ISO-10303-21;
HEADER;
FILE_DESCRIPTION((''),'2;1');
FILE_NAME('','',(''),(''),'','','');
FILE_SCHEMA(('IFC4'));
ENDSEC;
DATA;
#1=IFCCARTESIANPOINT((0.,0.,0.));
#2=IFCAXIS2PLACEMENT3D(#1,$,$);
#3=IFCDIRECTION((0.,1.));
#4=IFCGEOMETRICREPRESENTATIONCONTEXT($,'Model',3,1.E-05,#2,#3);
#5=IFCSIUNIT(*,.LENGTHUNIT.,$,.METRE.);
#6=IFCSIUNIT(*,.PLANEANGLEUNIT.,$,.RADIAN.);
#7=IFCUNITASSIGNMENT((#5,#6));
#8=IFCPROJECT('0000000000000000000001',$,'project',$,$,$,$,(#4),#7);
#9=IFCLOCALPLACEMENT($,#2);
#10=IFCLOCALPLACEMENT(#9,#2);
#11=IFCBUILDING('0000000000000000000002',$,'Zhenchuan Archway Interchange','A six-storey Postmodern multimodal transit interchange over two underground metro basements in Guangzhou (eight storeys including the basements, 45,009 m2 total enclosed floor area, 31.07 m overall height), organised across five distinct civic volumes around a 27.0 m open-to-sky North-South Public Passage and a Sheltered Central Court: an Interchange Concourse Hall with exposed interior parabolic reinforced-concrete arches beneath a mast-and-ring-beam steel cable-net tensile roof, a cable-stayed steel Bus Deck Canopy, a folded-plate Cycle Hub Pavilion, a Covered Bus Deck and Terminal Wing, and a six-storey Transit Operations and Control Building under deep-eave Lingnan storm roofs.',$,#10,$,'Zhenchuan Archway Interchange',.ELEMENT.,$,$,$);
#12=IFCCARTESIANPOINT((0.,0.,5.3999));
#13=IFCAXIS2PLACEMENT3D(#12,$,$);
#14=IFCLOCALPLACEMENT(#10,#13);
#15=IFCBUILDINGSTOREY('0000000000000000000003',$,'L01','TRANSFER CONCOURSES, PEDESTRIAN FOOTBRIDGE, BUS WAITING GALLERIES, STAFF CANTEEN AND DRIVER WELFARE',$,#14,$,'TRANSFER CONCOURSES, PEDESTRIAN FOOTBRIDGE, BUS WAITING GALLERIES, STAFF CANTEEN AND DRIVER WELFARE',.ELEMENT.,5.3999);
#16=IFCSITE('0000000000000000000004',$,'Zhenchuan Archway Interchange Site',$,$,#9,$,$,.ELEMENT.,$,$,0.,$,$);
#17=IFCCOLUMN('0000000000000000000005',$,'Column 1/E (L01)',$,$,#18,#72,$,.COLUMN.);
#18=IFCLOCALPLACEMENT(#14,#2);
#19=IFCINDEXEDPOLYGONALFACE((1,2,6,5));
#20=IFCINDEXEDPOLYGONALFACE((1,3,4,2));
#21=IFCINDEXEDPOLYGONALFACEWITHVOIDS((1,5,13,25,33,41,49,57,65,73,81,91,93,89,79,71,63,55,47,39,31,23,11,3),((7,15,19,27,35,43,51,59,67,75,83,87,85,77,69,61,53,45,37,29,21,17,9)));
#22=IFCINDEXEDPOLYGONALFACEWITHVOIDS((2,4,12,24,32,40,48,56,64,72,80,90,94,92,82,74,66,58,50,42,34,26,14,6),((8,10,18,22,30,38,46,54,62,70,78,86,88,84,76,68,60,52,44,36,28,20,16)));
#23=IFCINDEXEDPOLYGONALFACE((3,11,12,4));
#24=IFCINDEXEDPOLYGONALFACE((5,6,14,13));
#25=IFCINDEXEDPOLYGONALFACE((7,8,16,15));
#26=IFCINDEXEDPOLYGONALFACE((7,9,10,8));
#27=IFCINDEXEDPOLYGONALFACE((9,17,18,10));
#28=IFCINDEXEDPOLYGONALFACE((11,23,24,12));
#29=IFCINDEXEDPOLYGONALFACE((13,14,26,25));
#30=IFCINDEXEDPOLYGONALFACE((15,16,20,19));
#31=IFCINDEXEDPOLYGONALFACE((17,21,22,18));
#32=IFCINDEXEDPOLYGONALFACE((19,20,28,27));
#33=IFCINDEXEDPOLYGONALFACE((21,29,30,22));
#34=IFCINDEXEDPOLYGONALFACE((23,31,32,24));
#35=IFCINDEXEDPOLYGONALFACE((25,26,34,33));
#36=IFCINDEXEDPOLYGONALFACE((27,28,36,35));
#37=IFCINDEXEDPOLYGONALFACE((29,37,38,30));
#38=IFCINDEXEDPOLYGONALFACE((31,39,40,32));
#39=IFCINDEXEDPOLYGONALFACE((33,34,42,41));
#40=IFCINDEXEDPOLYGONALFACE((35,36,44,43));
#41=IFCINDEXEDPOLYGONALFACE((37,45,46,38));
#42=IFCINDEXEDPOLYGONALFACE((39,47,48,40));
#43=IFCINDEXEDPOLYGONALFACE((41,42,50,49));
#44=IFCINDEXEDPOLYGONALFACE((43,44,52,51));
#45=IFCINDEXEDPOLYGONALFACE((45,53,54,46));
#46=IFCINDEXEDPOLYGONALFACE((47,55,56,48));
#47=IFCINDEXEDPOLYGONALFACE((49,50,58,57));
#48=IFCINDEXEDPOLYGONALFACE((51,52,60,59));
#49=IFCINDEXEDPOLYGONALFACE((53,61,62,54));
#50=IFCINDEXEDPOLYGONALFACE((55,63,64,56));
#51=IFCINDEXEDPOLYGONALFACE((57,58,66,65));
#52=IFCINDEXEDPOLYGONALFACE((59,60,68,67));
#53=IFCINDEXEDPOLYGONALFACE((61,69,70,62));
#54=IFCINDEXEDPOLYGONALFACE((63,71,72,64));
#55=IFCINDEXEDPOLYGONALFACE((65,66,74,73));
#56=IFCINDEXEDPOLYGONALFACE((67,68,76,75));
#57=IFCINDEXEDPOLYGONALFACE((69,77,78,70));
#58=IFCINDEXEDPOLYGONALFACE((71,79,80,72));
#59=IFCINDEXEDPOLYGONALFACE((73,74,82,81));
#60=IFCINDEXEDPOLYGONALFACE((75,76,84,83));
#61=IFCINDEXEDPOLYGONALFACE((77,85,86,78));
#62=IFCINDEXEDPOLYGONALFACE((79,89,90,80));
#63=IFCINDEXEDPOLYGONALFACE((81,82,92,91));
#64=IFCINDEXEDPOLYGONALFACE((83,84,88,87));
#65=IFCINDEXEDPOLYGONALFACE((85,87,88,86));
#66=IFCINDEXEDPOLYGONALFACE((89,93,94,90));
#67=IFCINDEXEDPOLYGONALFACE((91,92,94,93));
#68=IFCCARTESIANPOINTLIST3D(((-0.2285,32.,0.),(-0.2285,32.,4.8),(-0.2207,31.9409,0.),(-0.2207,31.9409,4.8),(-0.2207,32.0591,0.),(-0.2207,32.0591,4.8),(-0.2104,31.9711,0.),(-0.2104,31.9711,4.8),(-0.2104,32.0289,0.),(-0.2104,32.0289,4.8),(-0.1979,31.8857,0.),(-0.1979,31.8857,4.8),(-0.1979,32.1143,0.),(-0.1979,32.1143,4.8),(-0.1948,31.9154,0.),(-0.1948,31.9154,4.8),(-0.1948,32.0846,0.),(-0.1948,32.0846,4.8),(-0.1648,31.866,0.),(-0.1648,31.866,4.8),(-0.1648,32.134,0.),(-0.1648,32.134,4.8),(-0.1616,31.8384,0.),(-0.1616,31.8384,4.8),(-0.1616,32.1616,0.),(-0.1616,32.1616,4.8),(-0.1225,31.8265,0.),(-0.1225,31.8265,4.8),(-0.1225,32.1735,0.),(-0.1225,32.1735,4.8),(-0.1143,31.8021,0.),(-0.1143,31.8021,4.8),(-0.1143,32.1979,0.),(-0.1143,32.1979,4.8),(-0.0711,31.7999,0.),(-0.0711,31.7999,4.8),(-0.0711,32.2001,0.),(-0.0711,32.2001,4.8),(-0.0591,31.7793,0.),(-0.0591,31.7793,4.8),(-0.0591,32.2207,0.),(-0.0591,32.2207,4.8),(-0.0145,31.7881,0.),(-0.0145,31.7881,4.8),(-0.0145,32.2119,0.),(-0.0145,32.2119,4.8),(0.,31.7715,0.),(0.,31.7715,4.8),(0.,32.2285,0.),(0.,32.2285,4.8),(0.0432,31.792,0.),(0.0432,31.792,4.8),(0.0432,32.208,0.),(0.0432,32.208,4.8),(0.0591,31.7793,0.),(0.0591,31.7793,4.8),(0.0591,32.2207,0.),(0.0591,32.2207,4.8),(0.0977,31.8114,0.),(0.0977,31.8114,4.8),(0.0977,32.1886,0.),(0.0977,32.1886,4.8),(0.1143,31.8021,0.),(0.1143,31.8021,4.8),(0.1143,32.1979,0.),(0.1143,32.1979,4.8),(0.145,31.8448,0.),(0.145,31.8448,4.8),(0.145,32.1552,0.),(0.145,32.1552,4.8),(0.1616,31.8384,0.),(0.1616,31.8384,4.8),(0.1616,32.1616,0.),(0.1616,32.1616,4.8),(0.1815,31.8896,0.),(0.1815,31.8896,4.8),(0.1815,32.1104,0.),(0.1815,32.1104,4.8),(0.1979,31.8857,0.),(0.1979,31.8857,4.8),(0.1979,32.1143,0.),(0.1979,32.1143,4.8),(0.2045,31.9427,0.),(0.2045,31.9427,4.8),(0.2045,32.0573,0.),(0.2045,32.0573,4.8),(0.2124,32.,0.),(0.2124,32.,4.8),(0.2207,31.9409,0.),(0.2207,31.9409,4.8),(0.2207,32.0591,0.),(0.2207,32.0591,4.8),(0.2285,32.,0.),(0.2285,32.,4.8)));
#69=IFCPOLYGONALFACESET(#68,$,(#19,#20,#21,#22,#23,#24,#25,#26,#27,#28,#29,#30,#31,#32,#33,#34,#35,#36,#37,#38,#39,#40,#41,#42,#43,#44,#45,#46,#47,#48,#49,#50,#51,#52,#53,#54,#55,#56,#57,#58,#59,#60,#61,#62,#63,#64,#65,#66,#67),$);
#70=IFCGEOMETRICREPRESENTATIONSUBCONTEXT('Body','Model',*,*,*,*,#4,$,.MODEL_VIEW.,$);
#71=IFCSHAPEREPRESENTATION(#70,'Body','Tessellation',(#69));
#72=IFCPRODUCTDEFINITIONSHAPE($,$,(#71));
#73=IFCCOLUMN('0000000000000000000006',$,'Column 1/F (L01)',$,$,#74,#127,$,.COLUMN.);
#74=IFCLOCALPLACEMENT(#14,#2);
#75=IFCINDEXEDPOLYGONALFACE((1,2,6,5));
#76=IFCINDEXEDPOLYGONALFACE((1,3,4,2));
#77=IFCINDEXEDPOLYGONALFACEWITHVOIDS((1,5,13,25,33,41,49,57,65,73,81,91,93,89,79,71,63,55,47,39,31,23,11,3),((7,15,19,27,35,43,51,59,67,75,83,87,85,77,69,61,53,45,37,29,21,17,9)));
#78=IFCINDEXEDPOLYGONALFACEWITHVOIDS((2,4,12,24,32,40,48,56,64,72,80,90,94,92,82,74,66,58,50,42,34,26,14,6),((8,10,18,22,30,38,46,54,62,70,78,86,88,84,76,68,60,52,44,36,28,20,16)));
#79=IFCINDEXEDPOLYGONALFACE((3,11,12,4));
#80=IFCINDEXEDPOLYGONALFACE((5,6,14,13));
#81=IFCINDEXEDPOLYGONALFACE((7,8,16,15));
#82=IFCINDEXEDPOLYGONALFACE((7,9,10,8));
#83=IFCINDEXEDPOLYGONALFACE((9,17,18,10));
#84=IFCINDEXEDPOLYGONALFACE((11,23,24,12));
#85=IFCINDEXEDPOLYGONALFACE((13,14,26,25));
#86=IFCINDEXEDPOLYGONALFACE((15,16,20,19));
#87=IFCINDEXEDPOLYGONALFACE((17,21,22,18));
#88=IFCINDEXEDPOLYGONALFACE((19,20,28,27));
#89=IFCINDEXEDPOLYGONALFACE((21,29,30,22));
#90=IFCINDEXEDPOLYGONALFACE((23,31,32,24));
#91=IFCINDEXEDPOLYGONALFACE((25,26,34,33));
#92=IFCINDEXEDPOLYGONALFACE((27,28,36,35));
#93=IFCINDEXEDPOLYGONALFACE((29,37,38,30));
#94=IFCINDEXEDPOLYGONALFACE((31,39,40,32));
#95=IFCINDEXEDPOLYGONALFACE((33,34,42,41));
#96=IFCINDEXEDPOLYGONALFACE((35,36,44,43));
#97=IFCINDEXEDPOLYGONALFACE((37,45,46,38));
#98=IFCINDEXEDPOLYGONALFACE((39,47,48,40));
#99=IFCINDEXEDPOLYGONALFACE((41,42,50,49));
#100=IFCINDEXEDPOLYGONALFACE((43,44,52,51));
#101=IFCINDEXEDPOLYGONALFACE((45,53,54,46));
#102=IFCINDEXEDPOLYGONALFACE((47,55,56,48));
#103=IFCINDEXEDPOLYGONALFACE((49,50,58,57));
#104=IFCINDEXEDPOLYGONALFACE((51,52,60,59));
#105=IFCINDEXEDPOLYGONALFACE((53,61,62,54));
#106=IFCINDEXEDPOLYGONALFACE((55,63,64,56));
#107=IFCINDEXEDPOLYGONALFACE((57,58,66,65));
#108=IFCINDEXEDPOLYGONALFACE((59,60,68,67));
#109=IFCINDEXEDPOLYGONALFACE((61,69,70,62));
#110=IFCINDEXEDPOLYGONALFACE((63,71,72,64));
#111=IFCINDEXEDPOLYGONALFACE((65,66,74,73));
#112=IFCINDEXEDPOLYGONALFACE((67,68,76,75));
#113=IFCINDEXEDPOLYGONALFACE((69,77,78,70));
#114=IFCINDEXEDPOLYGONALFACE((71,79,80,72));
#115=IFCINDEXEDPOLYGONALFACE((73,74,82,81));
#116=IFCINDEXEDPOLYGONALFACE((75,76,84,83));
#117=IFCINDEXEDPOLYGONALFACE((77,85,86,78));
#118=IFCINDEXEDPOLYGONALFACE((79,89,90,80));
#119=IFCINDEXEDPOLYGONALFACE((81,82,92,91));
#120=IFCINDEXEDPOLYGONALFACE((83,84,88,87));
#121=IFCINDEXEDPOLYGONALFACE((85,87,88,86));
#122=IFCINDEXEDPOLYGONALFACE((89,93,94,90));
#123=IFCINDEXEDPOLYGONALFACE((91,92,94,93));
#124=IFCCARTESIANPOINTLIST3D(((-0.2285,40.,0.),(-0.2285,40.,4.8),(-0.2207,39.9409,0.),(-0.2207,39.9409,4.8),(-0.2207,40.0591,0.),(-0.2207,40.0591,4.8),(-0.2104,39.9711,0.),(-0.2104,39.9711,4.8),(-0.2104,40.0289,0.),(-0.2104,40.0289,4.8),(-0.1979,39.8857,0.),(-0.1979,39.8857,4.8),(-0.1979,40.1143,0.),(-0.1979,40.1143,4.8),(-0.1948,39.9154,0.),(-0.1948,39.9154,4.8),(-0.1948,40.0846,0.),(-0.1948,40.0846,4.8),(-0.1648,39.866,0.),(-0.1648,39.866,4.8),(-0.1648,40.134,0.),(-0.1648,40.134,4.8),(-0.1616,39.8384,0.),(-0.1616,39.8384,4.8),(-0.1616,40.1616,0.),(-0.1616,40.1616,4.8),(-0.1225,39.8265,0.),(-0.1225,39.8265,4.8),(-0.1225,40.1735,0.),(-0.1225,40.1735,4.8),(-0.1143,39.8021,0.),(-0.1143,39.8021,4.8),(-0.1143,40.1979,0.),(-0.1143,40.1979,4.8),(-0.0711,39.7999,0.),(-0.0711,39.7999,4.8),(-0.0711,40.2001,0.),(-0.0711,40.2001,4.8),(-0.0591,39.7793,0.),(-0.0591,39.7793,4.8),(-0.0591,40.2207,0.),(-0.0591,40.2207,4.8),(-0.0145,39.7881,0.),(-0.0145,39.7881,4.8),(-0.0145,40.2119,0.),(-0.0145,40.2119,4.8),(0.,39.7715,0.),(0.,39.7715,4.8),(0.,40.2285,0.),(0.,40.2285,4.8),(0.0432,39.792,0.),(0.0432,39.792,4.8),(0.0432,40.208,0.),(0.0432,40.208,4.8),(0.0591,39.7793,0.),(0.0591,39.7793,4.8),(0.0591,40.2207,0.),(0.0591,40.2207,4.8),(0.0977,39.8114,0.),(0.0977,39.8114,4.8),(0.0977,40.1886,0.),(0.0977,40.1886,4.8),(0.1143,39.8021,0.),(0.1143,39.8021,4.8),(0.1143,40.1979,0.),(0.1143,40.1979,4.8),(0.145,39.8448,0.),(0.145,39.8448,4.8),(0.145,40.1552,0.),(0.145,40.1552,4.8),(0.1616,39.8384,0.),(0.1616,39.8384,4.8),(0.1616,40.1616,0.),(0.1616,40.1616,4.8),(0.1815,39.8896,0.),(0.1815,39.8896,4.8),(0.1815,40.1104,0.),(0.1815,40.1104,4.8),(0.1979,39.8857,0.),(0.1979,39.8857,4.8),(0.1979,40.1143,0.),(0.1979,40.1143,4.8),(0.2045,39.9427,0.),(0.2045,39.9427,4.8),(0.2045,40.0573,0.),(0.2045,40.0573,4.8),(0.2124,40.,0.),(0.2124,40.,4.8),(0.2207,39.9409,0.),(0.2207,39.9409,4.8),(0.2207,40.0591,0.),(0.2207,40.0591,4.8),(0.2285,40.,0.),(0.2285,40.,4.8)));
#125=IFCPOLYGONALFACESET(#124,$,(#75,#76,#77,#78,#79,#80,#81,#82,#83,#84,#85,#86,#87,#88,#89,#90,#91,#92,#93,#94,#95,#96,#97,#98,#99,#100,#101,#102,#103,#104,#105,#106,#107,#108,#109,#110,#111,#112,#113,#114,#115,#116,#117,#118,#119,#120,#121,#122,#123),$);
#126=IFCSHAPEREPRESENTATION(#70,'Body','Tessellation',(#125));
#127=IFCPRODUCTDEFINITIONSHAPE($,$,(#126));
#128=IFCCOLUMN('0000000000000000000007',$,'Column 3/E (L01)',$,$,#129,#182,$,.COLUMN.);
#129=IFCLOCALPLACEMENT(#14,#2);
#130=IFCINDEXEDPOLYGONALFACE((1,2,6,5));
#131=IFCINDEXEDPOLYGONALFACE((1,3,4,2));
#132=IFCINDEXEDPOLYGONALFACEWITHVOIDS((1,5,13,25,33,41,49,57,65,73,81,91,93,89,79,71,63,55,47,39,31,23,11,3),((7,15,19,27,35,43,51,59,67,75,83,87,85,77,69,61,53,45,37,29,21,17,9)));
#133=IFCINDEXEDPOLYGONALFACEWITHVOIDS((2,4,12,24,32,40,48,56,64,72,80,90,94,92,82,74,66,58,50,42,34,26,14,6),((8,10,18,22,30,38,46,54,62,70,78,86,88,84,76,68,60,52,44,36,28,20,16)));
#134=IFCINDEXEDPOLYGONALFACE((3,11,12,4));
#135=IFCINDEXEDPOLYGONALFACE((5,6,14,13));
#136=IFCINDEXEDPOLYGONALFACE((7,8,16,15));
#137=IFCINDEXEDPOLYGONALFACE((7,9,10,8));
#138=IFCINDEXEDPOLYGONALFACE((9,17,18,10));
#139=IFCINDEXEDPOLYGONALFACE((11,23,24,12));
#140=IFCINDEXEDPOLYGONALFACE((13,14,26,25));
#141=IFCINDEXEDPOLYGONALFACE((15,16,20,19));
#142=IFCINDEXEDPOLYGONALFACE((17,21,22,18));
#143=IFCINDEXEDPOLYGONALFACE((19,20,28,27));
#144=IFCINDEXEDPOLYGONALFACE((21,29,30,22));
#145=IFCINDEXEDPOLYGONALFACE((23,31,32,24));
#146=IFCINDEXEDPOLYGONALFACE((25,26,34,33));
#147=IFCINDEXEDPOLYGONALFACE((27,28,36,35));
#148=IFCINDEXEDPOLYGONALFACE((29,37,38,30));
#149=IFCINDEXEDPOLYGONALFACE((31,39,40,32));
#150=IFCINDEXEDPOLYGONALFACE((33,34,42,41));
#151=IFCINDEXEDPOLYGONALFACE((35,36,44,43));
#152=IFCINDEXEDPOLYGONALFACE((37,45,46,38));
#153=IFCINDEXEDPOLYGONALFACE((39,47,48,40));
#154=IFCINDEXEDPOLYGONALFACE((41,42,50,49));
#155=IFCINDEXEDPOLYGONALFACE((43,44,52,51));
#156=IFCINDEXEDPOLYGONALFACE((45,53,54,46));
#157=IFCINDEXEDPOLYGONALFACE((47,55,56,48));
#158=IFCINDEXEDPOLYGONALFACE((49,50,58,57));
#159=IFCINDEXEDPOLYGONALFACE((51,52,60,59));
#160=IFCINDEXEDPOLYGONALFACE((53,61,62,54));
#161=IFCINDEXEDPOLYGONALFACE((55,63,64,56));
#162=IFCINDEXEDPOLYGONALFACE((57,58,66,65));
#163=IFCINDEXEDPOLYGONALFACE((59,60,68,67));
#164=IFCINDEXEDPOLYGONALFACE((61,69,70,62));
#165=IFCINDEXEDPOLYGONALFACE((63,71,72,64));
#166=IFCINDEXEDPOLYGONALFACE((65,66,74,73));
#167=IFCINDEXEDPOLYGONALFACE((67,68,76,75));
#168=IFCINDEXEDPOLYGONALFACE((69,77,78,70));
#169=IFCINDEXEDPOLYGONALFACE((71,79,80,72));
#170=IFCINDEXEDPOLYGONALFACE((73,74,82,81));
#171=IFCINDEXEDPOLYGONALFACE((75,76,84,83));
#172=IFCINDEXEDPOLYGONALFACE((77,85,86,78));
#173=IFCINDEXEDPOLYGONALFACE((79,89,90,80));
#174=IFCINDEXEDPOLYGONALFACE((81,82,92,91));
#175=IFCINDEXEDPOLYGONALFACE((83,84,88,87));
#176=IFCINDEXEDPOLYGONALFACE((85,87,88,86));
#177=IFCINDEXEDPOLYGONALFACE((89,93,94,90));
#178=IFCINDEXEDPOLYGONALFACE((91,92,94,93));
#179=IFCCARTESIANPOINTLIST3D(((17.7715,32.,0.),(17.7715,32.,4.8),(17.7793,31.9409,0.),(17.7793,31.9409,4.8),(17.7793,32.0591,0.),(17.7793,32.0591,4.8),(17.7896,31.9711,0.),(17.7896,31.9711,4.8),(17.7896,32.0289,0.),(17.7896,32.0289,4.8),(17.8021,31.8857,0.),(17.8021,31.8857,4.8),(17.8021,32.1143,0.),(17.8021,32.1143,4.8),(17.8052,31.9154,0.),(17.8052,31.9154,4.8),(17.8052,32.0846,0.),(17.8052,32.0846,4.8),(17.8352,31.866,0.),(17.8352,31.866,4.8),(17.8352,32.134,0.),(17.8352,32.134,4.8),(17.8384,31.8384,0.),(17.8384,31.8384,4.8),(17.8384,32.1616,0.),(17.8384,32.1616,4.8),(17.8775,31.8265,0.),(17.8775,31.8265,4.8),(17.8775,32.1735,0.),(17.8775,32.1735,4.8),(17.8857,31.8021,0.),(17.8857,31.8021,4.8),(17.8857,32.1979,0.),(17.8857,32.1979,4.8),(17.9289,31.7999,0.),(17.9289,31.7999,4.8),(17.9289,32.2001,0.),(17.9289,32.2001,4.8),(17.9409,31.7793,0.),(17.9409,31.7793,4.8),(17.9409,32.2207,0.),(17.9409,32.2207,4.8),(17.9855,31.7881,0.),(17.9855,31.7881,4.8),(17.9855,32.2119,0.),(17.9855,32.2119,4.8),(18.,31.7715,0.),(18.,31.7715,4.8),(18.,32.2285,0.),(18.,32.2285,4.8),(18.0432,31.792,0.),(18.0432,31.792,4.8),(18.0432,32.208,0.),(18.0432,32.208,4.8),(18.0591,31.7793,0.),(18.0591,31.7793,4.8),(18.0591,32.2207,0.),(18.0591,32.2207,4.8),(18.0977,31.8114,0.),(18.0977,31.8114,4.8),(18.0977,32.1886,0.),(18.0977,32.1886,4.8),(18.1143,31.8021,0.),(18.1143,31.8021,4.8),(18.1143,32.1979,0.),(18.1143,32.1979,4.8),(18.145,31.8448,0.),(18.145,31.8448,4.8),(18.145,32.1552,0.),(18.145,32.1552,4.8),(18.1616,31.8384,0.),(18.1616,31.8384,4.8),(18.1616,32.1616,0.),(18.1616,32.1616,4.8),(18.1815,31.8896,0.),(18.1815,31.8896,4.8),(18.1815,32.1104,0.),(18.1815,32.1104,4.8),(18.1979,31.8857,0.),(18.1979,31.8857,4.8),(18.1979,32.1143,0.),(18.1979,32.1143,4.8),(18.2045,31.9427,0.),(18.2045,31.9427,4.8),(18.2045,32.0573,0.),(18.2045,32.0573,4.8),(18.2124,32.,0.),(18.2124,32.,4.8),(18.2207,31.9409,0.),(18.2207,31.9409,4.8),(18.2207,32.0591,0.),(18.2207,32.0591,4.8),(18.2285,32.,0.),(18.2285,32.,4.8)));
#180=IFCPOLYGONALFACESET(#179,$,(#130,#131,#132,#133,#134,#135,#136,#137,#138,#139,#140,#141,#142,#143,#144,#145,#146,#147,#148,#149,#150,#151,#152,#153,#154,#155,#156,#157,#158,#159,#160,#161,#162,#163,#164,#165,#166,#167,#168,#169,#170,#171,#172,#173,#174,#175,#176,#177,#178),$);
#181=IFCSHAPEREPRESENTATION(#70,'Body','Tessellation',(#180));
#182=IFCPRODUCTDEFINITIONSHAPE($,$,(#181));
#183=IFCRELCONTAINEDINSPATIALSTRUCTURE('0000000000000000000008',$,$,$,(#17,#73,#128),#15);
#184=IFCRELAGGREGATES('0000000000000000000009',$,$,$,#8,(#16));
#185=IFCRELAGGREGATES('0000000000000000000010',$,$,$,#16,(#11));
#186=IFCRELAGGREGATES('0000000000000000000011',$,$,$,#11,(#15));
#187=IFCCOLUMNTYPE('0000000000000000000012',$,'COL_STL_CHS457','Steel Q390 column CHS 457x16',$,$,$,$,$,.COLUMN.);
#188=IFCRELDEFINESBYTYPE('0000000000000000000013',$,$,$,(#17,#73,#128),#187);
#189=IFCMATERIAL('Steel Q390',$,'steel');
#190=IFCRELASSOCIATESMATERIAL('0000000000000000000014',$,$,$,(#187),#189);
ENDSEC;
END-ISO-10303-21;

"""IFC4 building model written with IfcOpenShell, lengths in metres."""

from ifc_helpers import new_model, si_unit, direction, frame, origin, origin_2d, place, context, subcontext, project, spatial, hollow_circle, extrude, material, material_profile, profile_set, type_object, element, save


model = new_model("IFC4")

# Units and contexts
model_context = context("Model", 3, precision=1e-05, world=origin(), true_north=direction((0.0, 1.0)))
body_context = subcontext(model_context, "Body", "Model", "MODEL_VIEW")
ifc_project = project(units=[si_unit("LENGTHUNIT", "METRE"), si_unit("PLANEANGLEUNIT", "RADIAN")], contexts=[model_context])

# Site, building, storey
site_placement = place(None, origin())
site = spatial("IfcSite", under=ifc_project, at=site_placement, Name="Zhenchuan Archway Interchange Site", CompositionType="ELEMENT", RefElevation=0.0)
building_placement = place(site_placement, origin())
building = spatial("IfcBuilding", under=site, at=building_placement, Name="Zhenchuan Archway Interchange", Description="A six-storey Postmodern multimodal transit interchange over two underground metro basements in Guangzhou (eight storeys including the basements, 45,009 m2 total enclosed floor area, 31.07 m overall height), organised across five distinct civic volumes around a 27.0 m open-to-sky North-South Public Passage and a Sheltered Central Court: an Interchange Concourse Hall with exposed interior parabolic reinforced-concrete arches beneath a mast-and-ring-beam steel cable-net tensile roof, a cable-stayed steel Bus Deck Canopy, a folded-plate Cycle Hub Pavilion, a Covered Bus Deck and Terminal Wing, and a six-storey Transit Operations and Control Building under deep-eave Lingnan storm roofs.", LongName="Zhenchuan Archway Interchange", CompositionType="ELEMENT")
storey_placement = place(building_placement, frame((0.0, 0.0, 5.3999)))
storey = spatial("IfcBuildingStorey", under=building, at=storey_placement, Name="L01", Description="TRANSFER CONCOURSES, PEDESTRIAN FOOTBRIDGE, BUS WAITING GALLERIES, STAFF CANTEEN AND DRIVER WELFARE", LongName="TRANSFER CONCOURSES, PEDESTRIAN FOOTBRIDGE, BUS WAITING GALLERIES, STAFF CANTEEN AND DRIVER WELFARE", CompositionType="ELEMENT", Elevation=5.3999)

# Columns
ifc_material_1 = material(Name="Steel Q390", Category="steel")
ifc_material_profile_1 = material_profile(ifc_material_1, hollow_circle(Radius=0.2285, WallThickness=0.0161, at=origin_2d()), Name="CHS 457x16")
ifc_profile_set_1 = profile_set([ifc_material_profile_1], Name="Steel Q390")
column_type = type_object("IfcColumnType", Name="COL_STL_CHS457", Description="Steel Q390 column CHS 457x16", PredefinedType="COLUMN", material=ifc_profile_set_1)
for number, where, z_axis, x_axis, name in (
    (1, (0.0, 32.0, 0.0), (0.0, 0.0, 1.0), (1.0, 0.0, 0.0), "Column 1/E (L01)"),
    (2, (0.0, 40.0, 0.0), (0.0, 0.0, 1.0), (1.0, 0.0, 0.0), "Column 1/F (L01)"),
    (3, (18.0, 32.0, 0.0), (0.0, 0.0, 1.0), (1.0, 0.0, 0.0), "Column 3/E (L01)"),
):
    element("IfcColumn", number, at=place(storey_placement, frame(where, z_axis=z_axis, x_axis=x_axis)), inside=storey, type_object=column_type, Name=name, PredefinedType="COLUMN", context=body_context, shape_type="SweptSolid", body=[
        extrude(hollow_circle(Radius=0.2285, WallThickness=0.0161, at=origin_2d()), origin(), (0.0, 0.0, 1.0), 4.8),
    ])

save(model, "model.ifc")
